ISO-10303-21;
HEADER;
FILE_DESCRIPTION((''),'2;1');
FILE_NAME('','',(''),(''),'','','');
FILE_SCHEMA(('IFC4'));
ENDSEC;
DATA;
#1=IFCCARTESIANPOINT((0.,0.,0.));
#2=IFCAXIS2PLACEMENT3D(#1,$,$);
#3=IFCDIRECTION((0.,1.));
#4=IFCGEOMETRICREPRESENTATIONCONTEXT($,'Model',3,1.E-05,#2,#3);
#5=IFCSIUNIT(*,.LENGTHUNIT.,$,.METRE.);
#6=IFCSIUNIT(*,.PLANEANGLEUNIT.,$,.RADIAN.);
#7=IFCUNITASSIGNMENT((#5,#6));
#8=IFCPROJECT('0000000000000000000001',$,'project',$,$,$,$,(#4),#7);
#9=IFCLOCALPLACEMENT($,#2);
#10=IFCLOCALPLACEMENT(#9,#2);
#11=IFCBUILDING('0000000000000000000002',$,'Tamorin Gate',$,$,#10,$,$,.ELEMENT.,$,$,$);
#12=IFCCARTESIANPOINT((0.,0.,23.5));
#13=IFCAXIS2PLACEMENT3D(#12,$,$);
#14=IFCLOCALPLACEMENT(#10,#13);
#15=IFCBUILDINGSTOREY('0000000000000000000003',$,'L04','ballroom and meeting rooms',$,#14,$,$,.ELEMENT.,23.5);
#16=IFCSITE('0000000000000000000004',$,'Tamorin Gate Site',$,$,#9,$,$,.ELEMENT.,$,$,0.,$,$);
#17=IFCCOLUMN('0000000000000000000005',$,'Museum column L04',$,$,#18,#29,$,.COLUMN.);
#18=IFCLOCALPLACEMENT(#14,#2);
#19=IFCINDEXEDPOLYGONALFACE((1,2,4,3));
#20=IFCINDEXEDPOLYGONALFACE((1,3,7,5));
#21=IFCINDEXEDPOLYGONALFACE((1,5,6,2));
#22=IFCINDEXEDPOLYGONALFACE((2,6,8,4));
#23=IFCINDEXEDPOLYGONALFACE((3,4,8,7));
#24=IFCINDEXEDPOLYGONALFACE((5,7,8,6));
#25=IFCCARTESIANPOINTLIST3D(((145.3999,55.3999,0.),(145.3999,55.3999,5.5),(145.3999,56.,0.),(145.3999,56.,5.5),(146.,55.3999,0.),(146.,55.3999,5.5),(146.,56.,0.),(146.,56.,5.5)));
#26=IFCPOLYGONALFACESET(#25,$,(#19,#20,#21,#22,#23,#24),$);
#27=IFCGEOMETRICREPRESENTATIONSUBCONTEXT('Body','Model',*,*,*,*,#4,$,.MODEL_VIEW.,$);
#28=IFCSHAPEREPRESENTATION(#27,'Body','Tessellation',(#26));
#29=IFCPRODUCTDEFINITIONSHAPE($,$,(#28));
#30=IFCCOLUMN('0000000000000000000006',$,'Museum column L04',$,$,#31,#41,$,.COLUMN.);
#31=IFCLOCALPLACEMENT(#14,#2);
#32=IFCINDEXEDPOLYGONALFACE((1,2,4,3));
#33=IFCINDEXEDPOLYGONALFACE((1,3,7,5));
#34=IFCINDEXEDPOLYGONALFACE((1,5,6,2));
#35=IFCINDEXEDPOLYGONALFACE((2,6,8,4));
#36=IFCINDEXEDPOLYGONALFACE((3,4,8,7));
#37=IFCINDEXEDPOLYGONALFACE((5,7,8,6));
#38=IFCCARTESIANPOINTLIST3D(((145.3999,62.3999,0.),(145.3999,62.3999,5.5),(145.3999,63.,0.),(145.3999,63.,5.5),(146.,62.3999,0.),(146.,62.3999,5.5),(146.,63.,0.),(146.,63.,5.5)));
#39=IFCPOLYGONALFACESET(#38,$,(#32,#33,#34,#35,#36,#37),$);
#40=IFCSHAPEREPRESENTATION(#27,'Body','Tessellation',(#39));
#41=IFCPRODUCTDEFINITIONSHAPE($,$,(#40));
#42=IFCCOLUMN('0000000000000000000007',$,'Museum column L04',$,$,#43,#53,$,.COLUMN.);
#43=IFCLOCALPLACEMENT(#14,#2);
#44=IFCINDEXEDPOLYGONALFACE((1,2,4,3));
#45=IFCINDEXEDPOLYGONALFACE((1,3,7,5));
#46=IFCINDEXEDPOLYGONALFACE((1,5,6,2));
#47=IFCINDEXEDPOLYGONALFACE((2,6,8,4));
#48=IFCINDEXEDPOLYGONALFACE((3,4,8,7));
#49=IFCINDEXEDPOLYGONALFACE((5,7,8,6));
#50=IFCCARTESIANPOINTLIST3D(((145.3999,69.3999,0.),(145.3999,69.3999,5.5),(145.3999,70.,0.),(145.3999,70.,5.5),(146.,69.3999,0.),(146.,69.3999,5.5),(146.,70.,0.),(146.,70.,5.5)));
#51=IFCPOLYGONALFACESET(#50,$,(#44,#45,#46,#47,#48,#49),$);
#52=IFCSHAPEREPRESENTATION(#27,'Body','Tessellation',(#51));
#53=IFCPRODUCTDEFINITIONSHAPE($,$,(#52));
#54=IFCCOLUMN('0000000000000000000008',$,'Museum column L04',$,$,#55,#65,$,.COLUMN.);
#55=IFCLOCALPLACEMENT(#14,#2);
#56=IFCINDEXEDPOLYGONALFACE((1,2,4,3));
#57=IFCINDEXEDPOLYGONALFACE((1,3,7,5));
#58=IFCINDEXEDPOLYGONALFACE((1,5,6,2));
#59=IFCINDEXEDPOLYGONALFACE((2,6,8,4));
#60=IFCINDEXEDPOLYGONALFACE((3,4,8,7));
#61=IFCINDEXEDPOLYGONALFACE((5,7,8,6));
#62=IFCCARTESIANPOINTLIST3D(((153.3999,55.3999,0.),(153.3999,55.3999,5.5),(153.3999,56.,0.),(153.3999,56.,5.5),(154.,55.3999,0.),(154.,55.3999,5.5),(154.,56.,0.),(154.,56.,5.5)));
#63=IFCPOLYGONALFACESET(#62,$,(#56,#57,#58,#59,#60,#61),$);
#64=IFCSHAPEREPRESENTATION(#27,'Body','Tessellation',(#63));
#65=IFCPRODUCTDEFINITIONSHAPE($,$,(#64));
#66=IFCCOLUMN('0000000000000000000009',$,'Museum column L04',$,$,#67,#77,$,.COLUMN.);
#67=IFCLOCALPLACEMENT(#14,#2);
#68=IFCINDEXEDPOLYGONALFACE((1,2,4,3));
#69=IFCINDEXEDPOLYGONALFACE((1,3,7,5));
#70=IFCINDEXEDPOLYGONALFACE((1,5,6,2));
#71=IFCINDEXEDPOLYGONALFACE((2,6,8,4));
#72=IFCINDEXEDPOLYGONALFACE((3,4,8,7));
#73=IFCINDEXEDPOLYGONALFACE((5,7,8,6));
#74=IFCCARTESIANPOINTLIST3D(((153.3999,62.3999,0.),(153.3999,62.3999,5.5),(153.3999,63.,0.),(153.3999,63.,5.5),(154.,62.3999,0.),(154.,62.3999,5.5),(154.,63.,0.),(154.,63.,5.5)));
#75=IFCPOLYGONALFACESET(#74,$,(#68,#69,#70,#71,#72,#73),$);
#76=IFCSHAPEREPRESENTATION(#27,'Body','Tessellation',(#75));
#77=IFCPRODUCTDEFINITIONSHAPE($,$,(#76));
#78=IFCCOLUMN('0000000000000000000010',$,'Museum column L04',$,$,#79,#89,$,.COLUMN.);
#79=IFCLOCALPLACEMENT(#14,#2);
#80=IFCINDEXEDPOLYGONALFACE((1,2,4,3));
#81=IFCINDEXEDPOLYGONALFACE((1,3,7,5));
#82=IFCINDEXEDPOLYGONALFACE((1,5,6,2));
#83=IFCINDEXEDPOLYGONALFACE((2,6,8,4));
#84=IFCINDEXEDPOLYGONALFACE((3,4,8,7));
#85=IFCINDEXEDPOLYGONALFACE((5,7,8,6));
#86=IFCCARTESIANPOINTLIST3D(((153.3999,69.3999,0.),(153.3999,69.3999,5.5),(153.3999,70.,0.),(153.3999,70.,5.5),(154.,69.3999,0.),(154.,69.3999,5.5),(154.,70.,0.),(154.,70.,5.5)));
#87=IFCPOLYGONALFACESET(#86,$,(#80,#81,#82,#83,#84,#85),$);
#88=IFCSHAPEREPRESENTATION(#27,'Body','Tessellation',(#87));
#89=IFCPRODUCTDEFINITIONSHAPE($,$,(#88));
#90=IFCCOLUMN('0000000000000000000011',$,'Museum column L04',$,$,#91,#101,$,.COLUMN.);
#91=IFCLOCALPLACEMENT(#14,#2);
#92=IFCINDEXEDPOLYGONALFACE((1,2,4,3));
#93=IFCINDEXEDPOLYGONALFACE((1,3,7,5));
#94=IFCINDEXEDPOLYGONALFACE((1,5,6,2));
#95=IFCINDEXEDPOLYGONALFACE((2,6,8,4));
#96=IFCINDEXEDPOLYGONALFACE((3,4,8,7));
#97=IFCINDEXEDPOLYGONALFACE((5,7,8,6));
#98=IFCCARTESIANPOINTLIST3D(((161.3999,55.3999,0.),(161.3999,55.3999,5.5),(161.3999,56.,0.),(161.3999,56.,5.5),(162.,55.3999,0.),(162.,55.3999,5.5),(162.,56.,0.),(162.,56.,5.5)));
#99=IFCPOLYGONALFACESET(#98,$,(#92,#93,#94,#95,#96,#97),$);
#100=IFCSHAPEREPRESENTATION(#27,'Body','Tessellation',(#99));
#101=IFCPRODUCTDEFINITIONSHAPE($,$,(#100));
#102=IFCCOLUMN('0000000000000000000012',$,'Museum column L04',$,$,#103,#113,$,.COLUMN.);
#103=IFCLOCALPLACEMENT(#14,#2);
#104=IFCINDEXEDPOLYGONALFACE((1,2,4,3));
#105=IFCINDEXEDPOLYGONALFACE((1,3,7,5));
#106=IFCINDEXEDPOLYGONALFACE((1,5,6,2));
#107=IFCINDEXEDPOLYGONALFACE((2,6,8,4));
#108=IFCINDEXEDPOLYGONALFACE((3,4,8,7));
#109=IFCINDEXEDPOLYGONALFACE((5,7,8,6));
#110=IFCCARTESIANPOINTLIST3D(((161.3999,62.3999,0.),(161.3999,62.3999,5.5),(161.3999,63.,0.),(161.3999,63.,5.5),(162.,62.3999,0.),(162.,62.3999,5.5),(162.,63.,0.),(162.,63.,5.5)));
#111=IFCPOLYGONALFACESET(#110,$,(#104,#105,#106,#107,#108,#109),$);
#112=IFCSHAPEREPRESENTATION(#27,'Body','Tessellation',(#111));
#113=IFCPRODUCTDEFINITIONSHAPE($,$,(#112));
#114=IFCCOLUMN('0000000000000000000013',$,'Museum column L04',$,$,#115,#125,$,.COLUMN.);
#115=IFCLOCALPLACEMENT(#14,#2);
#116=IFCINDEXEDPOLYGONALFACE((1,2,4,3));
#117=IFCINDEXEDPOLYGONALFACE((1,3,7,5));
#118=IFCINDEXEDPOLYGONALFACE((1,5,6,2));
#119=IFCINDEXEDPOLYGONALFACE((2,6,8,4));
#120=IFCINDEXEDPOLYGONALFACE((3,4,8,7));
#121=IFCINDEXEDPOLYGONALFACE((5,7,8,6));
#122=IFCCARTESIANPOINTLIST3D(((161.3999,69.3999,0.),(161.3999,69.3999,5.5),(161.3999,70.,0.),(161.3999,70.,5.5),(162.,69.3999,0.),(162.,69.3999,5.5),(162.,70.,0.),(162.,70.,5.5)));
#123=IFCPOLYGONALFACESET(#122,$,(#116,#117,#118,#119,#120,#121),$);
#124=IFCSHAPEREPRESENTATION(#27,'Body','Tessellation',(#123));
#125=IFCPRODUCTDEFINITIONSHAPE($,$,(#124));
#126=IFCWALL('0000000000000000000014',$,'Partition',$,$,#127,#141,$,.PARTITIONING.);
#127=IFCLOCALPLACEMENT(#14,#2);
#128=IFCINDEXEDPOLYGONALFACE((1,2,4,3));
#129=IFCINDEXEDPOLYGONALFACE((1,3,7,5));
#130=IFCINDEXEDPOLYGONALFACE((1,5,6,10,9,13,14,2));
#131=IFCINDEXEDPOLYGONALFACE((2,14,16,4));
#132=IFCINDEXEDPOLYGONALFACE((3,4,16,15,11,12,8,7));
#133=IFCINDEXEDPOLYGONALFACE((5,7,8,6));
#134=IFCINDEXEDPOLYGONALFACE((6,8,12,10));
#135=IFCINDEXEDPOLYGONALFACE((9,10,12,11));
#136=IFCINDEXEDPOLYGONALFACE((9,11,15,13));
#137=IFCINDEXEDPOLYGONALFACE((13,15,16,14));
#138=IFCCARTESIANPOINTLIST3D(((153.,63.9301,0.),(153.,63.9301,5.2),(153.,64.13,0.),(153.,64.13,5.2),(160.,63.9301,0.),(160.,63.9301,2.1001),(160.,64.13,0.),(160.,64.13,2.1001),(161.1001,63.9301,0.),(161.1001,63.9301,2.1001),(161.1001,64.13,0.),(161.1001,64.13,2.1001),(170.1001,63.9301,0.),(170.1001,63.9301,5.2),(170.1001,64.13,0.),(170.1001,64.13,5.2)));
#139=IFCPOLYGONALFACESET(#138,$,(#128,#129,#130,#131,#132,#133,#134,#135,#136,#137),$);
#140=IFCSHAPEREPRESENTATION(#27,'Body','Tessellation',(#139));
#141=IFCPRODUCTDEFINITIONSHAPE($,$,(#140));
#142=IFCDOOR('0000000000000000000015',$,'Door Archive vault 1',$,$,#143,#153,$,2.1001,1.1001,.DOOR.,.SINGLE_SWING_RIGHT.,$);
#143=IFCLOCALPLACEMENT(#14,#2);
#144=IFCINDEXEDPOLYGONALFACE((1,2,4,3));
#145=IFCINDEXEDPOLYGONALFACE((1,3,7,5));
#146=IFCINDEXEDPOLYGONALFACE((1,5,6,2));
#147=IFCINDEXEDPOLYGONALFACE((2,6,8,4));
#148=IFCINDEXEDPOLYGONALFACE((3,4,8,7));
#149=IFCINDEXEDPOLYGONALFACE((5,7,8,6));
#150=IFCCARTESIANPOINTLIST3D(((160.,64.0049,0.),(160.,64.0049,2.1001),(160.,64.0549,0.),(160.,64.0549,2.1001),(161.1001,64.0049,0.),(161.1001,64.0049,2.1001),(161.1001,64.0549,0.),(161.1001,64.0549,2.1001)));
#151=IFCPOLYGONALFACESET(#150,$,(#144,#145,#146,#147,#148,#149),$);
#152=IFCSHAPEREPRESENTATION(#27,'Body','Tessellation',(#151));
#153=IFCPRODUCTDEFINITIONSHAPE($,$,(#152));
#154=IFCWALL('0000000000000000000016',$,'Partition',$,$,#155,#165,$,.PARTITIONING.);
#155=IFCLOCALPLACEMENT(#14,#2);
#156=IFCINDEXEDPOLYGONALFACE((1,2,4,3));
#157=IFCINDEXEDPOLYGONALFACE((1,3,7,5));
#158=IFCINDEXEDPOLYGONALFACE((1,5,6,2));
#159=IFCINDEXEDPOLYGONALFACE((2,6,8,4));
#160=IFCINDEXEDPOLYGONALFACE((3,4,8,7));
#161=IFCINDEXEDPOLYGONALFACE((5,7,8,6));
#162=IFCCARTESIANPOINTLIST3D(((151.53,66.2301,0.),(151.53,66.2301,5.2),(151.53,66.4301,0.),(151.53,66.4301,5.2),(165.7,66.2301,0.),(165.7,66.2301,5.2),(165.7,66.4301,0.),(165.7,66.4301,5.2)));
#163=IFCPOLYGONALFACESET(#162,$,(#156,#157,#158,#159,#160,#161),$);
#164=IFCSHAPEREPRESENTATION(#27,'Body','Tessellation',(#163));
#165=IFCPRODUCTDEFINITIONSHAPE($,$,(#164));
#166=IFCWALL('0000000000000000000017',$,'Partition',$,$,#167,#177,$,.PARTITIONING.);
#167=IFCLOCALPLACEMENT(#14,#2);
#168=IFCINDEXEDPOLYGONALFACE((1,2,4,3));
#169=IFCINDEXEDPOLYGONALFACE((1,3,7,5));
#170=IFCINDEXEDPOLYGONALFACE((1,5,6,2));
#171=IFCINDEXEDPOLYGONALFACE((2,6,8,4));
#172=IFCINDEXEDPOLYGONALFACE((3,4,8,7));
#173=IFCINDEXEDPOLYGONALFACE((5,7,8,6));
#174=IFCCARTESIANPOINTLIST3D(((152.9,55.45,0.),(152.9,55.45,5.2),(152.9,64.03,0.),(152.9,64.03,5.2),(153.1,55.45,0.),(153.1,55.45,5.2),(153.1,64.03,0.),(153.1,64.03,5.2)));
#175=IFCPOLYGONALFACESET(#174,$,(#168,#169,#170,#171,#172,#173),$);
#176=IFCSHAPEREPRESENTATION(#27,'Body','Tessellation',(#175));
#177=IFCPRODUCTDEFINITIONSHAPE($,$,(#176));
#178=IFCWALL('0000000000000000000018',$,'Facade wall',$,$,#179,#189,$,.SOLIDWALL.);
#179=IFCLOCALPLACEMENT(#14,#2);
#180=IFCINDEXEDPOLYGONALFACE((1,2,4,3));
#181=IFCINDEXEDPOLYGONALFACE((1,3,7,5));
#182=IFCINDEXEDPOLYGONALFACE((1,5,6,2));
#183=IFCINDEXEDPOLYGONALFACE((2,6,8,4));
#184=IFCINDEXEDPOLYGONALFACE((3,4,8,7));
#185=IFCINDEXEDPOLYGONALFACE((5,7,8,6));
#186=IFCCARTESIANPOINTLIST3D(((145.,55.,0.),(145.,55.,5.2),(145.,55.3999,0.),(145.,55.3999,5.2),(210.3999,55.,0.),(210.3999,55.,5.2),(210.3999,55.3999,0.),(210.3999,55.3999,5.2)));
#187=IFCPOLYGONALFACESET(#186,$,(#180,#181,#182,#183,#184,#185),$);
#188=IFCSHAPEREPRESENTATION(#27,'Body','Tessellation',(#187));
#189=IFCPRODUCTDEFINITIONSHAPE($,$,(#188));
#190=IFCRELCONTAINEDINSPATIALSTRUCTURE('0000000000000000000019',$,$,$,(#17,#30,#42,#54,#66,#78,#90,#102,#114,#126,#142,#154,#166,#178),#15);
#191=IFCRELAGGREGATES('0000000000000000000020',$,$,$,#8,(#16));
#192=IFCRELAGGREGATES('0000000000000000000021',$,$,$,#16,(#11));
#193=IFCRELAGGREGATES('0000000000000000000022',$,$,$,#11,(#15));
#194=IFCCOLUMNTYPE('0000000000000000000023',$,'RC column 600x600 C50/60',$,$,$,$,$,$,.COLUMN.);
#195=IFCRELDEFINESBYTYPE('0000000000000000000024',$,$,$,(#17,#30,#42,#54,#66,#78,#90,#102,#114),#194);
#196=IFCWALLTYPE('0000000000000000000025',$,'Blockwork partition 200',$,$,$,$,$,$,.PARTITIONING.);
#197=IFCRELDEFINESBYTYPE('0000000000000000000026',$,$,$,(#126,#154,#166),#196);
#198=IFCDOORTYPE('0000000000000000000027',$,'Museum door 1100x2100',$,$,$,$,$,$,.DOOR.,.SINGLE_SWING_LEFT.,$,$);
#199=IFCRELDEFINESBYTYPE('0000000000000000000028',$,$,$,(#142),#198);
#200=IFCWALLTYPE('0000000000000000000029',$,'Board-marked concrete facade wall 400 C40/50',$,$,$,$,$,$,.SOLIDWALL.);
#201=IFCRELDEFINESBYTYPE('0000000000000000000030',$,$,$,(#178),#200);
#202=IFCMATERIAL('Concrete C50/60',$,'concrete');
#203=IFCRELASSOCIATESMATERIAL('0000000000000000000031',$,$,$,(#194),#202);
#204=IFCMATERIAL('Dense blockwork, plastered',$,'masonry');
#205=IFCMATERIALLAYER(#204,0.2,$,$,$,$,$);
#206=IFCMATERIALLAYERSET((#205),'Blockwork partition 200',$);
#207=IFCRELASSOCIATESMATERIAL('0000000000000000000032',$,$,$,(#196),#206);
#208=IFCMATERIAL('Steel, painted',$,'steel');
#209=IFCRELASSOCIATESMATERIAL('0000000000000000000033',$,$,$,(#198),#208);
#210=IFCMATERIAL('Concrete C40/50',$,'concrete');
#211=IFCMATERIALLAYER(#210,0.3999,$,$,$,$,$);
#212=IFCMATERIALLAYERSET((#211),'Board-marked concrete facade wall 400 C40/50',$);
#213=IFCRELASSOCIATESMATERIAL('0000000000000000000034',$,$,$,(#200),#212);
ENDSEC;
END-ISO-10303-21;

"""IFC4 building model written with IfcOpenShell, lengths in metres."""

from ifc_helpers import new_model, si_unit, direction, frame, frame_2d, origin, origin_2d, place, context, subcontext, project, spatial, rectangle, extrude, material, layer, layer_set, material_profile, profile_set, type_object, element, fill, save


model = new_model("IFC4")

# Units and contexts
model_context = context("Model", 3, precision=1e-05, world=origin(), true_north=direction((0.0, 1.0)))
body_context = subcontext(model_context, "Body", "Model", "MODEL_VIEW")
ifc_project = project(units=[si_unit("LENGTHUNIT", "METRE"), si_unit("PLANEANGLEUNIT", "RADIAN")], contexts=[model_context])

# Site, building, storey
site_placement = place(None, origin())
site = spatial("IfcSite", under=ifc_project, at=site_placement, Name="Tamorin Gate Site", CompositionType="ELEMENT", RefElevation=0.0)
building_placement = place(site_placement, origin())
building = spatial("IfcBuilding", under=site, at=building_placement, Name="Tamorin Gate", CompositionType="ELEMENT")
storey_placement = place(building_placement, frame((0.0, 0.0, 23.5)))
storey = spatial("IfcBuildingStorey", under=building, at=storey_placement, Name="L04", Description="ballroom and meeting rooms", CompositionType="ELEMENT", Elevation=23.5)

# Columns
ifc_material_1 = material(Name="Concrete C50/60", Category="concrete")
ifc_material_profile = material_profile(ifc_material_1, rectangle(XDim=0.6001, YDim=0.6001, at=origin_2d()))
ifc_profile_set = profile_set([ifc_material_profile], Name="Concrete C50/60")
column_type = type_object("IfcColumnType", Name="RC column 600x600 C50/60", PredefinedType="COLUMN", material=ifc_profile_set)
for number, where, z_axis, x_axis, name in (
    (1, (145.7, 55.7, 0.0), (0.0, 0.0, 1.0), (1.0, 0.0, 0.0), "Museum column L04"),
    (2, (145.7, 62.7, 0.0), (0.0, 0.0, 1.0), (1.0, 0.0, 0.0), "Museum column L04"),
    (3, (145.7, 69.7, 0.0), (0.0, 0.0, 1.0), (1.0, 0.0, 0.0), "Museum column L04"),
    (4, (153.7, 55.7, 0.0), (0.0, 0.0, 1.0), (1.0, 0.0, 0.0), "Museum column L04"),
    (5, (153.7, 62.7, 0.0), (0.0, 0.0, 1.0), (1.0, 0.0, 0.0), "Museum column L04"),
    (6, (153.7, 69.7, 0.0), (0.0, 0.0, 1.0), (1.0, 0.0, 0.0), "Museum column L04"),
    (7, (161.7, 55.7, 0.0), (0.0, 0.0, 1.0), (1.0, 0.0, 0.0), "Museum column L04"),
    (8, (161.7, 62.7, 0.0), (0.0, 0.0, 1.0), (1.0, 0.0, 0.0), "Museum column L04"),
    (9, (161.7, 69.7, 0.0), (0.0, 0.0, 1.0), (1.0, 0.0, 0.0), "Museum column L04"),
):
    element("IfcColumn", number, at=place(storey_placement, frame(where, z_axis=z_axis, x_axis=x_axis)), inside=storey, type_object=column_type, Name=name, PredefinedType="COLUMN", context=body_context, shape_type="SweptSolid", body=[
        extrude(rectangle(XDim=0.6001, YDim=0.6001, at=origin_2d()), origin(), (0.0, 0.0, 1.0), 5.5),
    ])

# Wall, opening, door
ifc_material_2 = material(Name="Dense blockwork, plastered", Category="masonry")
ifc_layer_1 = layer(ifc_material_2, 0.2)
ifc_layer_set_1 = layer_set([ifc_layer_1], Name="Blockwork partition 200")
wall_type_1 = type_object("IfcWallType", Name="Blockwork partition 200", PredefinedType="PARTITIONING", material=ifc_layer_set_1)
wall_1_placement = place(storey_placement, frame((153.0, 64.03, 0.0), z_axis=(0.0, 0.0, 1.0), x_axis=(1.0, 0.0, 0.0)))
wall_1 = element("IfcWall", 10, at=wall_1_placement, inside=storey, type_object=wall_type_1, Name="Partition", PredefinedType="PARTITIONING", context=body_context, shape_type="SweptSolid", body=[
    extrude(rectangle(XDim=17.1001, YDim=0.2, at=frame_2d((8.55, 0.0))), origin(), (0.0, 0.0, 1.0), 5.2),
])
opening_1_placement = place(wall_1_placement, frame((7.0, 0.0, 0.0)))
opening_1 = element("IfcOpeningElement", 11, at=opening_1_placement, cuts=wall_1, PredefinedType="OPENING", context=body_context, shape_type="SweptSolid", body=[
    extrude(rectangle(XDim=1.1001, YDim=2.1001, at=frame_2d((0.55, 1.05))), frame((0.0, 0.1099, 0.0), z_axis=(0.0, -1.0, 0.0), x_axis=(1.0, 0.0, 0.0)), (0.0, 0.0, 1.0), 0.22),
])
ifc_material_3 = material(Name="Steel, painted", Category="steel")
door_type_1 = type_object("IfcDoorType", Name="Museum door 1100x2100", OperationType="SINGLE_SWING_LEFT", PredefinedType="DOOR", material=ifc_material_3)
door_1_placement = place(opening_1_placement, origin())
door_1 = element("IfcDoor", 12, at=door_1_placement, inside=storey, type_object=door_type_1, Name="Door Archive vault 1", OperationType="SINGLE_SWING_RIGHT", OverallHeight=2.1001, OverallWidth=1.1001, PredefinedType="DOOR", context=body_context, shape_type="SweptSolid", body=[
    extrude(rectangle(XDim=1.1001, YDim=2.1001, at=frame_2d((0.55, 1.05))), frame((0.0, 0.0249, 0.0), z_axis=(0.0, -1.0, 0.0), x_axis=(1.0, 0.0, 0.0)), (0.0, 0.0, 1.0), 0.05),
])
fill(opening_1, door_1)

# Walls
wall_2_placement = place(storey_placement, frame((151.53, 66.3301, 0.0), z_axis=(0.0, 0.0, 1.0), x_axis=(1.0, 0.0, 0.0)))
element("IfcWall", 13, at=wall_2_placement, inside=storey, type_object=wall_type_1, Name="Partition", PredefinedType="PARTITIONING", context=body_context, shape_type="SweptSolid", body=[
    extrude(rectangle(XDim=14.1699, YDim=0.2, at=frame_2d((7.085, 0.0))), origin(), (0.0, 0.0, 1.0), 5.2),
])
wall_3_placement = place(storey_placement, frame((153.0, 55.45, 0.0), z_axis=(0.0, 0.0, 1.0), x_axis=(0.0, 1.0, 0.0)))
element("IfcWall", 14, at=wall_3_placement, inside=storey, type_object=wall_type_1, Name="Partition", PredefinedType="PARTITIONING", context=body_context, shape_type="SweptSolid", body=[
    extrude(rectangle(XDim=8.5801, YDim=0.2, at=frame_2d((4.29, 0.0))), origin(), (0.0, 0.0, 1.0), 5.2),
])
ifc_material_4 = material(Name="Concrete C40/50", Category="concrete")
ifc_layer_2 = layer(ifc_material_4, 0.3999)
ifc_layer_set_2 = layer_set([ifc_layer_2], Name="Board-marked concrete facade wall 400 C40/50")
wall_type_2 = type_object("IfcWallType", Name="Board-marked concrete facade wall 400 C40/50", PredefinedType="SOLIDWALL", material=ifc_layer_set_2)
wall_4_placement = place(storey_placement, frame((145.0, 55.2, 0.0), z_axis=(0.0, 0.0, 1.0), x_axis=(1.0, 0.0, 0.0)))
element("IfcWall", 15, at=wall_4_placement, inside=storey, type_object=wall_type_2, Name="Facade wall", PredefinedType="SOLIDWALL", context=body_context, shape_type="SweptSolid", body=[
    extrude(rectangle(XDim=65.3999, YDim=0.3999, at=frame_2d((32.7, 0.0))), origin(), (0.0, 0.0, 1.0), 5.2),
])

save(model, "model.ifc")
